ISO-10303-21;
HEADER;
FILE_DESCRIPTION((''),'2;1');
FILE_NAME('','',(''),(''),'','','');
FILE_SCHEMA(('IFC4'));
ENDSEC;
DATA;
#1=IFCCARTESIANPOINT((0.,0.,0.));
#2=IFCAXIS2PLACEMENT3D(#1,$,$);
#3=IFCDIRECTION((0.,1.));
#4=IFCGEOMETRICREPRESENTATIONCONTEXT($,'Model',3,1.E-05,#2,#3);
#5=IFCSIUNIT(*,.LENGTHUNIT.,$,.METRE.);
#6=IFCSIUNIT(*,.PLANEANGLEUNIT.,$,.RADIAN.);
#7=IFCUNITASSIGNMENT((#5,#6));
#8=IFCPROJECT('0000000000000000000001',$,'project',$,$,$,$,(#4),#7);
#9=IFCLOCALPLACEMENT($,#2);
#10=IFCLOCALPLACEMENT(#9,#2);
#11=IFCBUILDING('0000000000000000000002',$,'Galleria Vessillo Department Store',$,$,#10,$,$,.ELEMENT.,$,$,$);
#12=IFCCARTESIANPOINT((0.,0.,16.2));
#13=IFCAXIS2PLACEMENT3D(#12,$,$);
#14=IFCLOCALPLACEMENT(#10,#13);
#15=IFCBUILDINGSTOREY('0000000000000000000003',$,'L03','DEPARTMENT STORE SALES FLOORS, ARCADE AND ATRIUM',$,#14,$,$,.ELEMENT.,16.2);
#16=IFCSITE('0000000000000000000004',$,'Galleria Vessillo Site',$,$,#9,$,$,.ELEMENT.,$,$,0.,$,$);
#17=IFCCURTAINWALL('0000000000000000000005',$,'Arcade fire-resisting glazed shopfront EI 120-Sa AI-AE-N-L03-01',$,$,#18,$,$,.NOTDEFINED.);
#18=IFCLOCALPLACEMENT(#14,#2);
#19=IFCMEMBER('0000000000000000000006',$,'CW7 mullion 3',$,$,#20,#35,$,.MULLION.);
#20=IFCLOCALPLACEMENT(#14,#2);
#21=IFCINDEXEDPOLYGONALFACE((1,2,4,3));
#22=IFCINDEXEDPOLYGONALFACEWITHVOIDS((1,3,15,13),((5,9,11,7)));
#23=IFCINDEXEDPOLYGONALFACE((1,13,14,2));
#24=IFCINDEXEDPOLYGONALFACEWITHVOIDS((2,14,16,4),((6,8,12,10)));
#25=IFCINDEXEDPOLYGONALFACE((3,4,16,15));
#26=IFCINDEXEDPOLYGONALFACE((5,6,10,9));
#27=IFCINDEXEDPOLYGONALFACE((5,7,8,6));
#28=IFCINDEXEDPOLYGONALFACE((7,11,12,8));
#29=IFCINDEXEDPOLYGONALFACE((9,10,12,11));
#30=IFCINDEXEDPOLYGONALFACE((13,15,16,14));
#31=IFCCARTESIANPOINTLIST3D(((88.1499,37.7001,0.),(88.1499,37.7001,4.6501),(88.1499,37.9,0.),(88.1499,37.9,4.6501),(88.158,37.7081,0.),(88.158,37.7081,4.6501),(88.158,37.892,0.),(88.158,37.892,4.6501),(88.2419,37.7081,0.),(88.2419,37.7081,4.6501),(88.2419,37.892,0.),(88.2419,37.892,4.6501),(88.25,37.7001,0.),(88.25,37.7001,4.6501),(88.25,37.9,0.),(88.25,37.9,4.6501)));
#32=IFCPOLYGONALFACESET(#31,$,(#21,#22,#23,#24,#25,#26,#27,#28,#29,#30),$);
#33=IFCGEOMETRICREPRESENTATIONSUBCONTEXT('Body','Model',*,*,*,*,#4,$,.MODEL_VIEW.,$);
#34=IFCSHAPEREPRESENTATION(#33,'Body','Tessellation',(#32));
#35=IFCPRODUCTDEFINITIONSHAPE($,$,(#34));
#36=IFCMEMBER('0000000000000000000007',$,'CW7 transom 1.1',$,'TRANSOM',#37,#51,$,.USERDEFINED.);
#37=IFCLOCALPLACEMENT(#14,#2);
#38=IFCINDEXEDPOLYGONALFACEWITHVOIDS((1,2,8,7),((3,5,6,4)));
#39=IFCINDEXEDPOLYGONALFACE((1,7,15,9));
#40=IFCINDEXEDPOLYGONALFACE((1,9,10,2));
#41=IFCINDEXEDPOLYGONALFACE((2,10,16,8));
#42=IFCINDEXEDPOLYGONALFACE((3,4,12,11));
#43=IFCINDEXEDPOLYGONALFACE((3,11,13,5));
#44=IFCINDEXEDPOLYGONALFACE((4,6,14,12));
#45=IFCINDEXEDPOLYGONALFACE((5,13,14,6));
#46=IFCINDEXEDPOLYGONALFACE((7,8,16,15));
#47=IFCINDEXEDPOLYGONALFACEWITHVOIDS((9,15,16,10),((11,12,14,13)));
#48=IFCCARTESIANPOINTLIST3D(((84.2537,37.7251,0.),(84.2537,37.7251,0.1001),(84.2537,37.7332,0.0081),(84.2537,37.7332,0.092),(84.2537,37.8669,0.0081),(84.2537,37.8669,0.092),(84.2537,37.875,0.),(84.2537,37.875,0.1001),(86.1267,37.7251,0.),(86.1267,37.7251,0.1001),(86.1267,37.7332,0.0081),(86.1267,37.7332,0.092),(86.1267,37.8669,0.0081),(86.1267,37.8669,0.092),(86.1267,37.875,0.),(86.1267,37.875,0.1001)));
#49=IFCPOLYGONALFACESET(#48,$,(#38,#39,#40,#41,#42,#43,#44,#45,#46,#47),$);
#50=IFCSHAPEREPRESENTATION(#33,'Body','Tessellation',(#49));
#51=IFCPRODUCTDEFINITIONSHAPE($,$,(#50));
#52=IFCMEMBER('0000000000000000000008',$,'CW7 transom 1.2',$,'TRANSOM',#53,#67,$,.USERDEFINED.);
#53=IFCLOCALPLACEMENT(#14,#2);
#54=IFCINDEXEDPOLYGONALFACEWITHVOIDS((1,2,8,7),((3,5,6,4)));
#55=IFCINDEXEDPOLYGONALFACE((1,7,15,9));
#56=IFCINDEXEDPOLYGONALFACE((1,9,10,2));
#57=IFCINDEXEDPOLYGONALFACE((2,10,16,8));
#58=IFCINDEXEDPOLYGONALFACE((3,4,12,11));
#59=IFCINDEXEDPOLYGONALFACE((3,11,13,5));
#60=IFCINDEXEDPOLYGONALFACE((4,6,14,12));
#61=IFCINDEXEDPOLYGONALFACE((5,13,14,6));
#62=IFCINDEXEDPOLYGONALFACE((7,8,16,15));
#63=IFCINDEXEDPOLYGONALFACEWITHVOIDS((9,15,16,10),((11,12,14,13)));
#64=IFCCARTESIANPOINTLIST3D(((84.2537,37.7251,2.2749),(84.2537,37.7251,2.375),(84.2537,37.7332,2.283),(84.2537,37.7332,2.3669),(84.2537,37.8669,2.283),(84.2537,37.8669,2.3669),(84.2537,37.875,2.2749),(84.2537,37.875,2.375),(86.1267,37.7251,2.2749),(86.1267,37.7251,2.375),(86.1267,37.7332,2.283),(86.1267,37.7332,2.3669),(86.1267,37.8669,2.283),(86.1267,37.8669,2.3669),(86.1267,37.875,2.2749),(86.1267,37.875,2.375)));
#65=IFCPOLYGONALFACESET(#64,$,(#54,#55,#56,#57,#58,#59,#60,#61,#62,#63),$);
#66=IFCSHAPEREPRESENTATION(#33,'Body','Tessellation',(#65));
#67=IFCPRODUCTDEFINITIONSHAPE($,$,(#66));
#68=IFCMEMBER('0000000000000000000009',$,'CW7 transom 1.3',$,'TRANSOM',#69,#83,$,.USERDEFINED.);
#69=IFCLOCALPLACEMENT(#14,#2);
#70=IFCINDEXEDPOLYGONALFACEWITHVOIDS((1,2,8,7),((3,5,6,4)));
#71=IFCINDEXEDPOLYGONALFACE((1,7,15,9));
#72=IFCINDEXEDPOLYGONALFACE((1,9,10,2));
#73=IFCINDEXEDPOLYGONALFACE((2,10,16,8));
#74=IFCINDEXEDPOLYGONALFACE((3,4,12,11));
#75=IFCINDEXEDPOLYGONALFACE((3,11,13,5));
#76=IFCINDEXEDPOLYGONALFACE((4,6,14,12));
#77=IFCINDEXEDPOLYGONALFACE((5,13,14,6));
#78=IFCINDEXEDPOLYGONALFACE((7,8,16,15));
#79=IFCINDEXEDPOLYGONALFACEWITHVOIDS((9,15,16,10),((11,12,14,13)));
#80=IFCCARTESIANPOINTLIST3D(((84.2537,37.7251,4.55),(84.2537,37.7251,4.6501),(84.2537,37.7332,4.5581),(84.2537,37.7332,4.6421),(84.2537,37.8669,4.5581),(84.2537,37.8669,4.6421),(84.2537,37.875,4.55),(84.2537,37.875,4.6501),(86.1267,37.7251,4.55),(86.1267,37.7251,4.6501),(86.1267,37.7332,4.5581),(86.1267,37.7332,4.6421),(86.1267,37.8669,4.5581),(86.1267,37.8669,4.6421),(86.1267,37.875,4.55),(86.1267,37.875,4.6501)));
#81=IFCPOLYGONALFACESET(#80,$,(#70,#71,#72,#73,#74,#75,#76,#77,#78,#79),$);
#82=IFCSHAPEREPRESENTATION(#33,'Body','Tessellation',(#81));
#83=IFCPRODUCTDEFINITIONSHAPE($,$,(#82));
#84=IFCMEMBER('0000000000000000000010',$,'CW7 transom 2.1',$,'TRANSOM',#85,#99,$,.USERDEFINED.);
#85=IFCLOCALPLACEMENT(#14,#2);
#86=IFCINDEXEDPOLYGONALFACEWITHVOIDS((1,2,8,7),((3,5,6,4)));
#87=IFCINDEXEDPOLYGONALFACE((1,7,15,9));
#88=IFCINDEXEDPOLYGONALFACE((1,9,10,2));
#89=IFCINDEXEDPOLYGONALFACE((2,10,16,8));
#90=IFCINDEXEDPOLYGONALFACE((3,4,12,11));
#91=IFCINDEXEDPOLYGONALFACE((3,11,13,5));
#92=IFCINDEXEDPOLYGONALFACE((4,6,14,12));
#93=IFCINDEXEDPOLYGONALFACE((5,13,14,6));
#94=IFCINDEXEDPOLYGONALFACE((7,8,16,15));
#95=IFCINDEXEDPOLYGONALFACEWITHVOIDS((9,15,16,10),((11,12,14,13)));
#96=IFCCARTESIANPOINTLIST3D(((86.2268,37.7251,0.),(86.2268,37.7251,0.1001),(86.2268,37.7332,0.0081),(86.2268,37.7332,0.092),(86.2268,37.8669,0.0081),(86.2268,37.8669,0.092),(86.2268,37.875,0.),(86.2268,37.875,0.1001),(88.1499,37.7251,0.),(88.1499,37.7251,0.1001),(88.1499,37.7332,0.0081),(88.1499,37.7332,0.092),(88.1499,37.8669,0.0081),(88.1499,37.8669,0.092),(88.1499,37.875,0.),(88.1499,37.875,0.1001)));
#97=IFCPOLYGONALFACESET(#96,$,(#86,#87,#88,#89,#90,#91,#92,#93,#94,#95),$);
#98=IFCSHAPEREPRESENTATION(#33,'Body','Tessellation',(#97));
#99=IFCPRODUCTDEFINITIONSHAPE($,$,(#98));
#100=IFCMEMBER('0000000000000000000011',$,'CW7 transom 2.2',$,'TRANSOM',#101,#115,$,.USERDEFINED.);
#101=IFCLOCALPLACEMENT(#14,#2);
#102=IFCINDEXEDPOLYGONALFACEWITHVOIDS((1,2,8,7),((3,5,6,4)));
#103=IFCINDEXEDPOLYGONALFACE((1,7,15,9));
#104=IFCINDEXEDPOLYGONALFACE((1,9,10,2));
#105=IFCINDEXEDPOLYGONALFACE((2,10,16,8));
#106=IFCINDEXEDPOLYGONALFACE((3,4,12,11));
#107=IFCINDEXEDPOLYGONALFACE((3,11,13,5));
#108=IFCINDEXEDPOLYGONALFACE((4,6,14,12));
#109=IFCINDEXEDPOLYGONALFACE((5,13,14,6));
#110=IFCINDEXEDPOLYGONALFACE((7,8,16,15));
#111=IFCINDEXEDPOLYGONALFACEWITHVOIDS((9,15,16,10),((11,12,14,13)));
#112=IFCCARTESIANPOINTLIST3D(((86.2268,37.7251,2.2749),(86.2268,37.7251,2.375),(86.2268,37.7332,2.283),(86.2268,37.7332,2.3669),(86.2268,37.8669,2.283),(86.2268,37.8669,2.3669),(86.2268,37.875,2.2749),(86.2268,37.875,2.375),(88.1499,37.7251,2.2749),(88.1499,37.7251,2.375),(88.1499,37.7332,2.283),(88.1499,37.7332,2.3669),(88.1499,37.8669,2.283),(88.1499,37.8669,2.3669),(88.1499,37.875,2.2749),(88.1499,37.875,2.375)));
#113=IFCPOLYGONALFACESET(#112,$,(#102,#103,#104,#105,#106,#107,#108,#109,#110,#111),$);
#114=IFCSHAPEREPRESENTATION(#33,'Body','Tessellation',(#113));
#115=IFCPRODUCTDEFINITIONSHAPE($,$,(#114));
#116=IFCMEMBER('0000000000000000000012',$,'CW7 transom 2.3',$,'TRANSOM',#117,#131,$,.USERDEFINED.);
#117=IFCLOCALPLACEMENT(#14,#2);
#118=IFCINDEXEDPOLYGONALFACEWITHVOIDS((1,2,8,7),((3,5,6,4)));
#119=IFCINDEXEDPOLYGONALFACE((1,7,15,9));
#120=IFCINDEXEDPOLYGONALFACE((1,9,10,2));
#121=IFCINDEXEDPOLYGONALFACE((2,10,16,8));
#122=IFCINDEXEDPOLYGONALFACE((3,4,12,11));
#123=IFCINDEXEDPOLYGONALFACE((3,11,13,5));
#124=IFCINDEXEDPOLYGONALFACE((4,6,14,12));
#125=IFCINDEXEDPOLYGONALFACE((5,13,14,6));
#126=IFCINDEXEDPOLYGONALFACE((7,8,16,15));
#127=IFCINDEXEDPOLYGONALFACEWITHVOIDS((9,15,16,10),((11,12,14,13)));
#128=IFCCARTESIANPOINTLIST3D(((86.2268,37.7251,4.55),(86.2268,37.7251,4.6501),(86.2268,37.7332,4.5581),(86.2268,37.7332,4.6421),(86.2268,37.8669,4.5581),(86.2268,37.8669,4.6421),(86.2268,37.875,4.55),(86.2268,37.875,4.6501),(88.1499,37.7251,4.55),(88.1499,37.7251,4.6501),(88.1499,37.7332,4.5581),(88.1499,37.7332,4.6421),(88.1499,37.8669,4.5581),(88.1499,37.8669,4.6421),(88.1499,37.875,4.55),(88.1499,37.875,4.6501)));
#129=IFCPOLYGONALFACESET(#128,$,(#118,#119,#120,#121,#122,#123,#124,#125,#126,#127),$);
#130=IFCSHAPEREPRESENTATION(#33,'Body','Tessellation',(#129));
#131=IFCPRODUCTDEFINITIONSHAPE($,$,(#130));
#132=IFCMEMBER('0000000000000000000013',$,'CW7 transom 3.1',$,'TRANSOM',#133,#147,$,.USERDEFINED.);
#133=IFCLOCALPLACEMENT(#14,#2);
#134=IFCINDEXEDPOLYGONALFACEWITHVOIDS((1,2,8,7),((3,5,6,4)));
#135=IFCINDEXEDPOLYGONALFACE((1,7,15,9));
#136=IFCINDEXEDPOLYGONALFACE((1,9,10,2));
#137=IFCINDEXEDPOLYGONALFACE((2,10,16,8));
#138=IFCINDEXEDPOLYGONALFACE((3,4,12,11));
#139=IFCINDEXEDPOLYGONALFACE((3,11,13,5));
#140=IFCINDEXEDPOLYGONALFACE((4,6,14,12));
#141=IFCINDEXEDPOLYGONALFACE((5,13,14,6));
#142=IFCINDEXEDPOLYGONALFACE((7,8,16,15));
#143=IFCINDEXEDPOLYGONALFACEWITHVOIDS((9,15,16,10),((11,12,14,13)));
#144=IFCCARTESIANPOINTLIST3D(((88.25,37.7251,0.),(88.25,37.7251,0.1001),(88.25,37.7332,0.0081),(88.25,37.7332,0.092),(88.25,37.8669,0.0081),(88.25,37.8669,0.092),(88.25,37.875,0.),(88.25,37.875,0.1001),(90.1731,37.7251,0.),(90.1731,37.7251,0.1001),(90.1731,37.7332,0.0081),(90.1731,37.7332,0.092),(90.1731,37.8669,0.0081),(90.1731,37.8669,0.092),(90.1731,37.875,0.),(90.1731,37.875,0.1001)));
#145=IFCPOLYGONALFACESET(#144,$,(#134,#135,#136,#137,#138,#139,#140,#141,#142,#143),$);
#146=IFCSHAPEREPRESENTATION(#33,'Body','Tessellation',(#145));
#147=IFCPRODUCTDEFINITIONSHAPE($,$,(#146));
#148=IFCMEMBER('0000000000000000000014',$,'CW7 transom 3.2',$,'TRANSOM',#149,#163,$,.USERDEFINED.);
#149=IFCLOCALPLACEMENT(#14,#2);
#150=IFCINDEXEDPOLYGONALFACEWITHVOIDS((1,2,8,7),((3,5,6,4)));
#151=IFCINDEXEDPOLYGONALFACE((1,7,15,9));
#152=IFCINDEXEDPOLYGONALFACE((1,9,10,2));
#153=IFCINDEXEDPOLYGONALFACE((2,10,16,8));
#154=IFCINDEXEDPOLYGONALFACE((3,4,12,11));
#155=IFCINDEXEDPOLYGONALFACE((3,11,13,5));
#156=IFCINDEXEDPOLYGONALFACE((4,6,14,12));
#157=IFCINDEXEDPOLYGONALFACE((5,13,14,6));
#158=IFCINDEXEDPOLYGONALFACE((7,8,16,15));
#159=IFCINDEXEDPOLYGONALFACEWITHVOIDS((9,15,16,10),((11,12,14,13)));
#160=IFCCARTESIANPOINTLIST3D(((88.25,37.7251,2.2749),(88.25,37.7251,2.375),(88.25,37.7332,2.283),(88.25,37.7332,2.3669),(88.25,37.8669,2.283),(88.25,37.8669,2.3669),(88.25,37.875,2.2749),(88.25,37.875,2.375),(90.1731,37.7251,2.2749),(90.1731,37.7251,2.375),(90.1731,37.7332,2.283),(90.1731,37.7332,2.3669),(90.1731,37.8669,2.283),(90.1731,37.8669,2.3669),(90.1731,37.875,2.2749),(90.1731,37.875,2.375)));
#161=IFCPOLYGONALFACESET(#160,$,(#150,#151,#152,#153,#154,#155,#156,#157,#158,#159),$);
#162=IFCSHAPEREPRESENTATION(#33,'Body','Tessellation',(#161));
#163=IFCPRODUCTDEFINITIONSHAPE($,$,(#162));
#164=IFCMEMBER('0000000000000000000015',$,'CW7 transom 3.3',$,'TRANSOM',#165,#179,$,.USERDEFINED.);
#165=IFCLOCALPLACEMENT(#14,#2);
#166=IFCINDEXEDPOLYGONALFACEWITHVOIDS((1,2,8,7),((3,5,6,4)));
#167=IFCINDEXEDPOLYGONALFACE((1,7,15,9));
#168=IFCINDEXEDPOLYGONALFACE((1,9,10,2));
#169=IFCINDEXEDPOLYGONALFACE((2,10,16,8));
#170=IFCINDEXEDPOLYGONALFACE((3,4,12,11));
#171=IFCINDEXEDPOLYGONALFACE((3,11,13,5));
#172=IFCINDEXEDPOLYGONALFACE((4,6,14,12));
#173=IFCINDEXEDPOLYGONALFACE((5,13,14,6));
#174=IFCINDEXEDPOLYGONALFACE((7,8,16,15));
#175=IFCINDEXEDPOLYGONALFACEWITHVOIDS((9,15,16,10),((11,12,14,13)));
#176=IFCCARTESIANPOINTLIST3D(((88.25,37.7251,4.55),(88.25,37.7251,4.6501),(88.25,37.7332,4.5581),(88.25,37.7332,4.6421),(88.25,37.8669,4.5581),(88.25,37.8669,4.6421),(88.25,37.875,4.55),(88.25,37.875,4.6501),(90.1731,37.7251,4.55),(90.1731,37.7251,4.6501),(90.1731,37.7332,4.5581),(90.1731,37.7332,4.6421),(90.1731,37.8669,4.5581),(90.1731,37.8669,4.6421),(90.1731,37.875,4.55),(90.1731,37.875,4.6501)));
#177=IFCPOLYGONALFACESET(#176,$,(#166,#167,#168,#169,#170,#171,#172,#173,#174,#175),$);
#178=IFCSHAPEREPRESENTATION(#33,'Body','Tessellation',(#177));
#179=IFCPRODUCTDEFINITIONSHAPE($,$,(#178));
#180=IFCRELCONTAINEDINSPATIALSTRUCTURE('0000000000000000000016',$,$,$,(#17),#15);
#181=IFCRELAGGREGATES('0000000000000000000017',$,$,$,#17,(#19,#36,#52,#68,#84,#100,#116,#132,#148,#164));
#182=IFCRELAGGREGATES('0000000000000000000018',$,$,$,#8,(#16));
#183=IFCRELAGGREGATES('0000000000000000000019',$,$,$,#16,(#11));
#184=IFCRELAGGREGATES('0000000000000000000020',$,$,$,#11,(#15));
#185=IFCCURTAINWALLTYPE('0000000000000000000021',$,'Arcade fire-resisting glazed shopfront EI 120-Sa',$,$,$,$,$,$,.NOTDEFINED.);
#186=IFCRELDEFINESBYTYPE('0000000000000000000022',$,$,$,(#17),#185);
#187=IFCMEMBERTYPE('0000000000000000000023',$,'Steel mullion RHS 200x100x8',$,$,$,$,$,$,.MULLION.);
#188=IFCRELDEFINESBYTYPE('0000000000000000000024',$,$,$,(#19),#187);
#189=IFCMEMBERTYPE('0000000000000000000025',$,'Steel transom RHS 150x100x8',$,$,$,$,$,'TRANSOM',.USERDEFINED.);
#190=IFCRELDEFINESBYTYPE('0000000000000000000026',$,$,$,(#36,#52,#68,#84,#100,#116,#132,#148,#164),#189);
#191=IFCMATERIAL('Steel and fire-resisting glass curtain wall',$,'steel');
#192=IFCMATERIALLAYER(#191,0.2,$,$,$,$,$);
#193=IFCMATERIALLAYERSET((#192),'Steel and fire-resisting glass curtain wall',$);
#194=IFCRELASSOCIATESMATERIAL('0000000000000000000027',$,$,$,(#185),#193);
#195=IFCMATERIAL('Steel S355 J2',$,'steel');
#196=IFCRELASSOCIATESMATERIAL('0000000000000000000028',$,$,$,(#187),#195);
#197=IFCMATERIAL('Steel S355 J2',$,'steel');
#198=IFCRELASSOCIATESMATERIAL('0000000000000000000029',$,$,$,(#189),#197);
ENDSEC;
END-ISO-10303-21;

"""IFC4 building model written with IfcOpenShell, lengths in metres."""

from ifc_helpers import new_model, si_unit, direction, frame, origin, origin_2d, place, context, subcontext, project, spatial, hollow_rectangle, extrude, material, layer, layer_set, material_profile, profile_set, type_object, element, aggregate, save


model = new_model("IFC4")

# Units and contexts
model_context = context("Model", 3, precision=1e-05, world=origin(), true_north=direction((0.0, 1.0)))
body_context = subcontext(model_context, "Body", "Model", "MODEL_VIEW")
ifc_project = project(units=[si_unit("LENGTHUNIT", "METRE"), si_unit("PLANEANGLEUNIT", "RADIAN")], contexts=[model_context])

# Site, building, storey
site_placement = place(None, origin())
site = spatial("IfcSite", under=ifc_project, at=site_placement, Name="Galleria Vessillo Site", CompositionType="ELEMENT", RefElevation=0.0)
building_placement = place(site_placement, origin())
building = spatial("IfcBuilding", under=site, at=building_placement, Name="Galleria Vessillo Department Store", CompositionType="ELEMENT")
storey_placement = place(building_placement, frame((0.0, 0.0, 16.2)))
storey = spatial("IfcBuildingStorey", under=building, at=storey_placement, Name="L03", Description="DEPARTMENT STORE SALES FLOORS, ARCADE AND ATRIUM", CompositionType="ELEMENT", Elevation=16.2)

# Curtain wall, members
ifc_material_1 = material(Name="Steel and fire-resisting glass curtain wall", Category="steel")
ifc_layer_1 = layer(ifc_material_1, 0.2)
ifc_layer_set_1 = layer_set([ifc_layer_1], Name="Steel and fire-resisting glass curtain wall")
curtain_wall_type = type_object("IfcCurtainWallType", Name="Arcade fire-resisting glazed shopfront EI 120-Sa", PredefinedType="NOTDEFINED", material=ifc_layer_set_1)
curtain_wall_placement = place(storey_placement, origin())
curtain_wall = element("IfcCurtainWall", 1, at=curtain_wall_placement, inside=storey, type_object=curtain_wall_type, Name="Arcade fire-resisting glazed shopfront EI 120-Sa AI-AE-N-L03-01", PredefinedType="NOTDEFINED")
ifc_material_2 = material(Name="Steel S355 J2", Category="steel")
ifc_material_profile_1 = material_profile(ifc_material_2, hollow_rectangle(XDim=0.2, YDim=0.1001, WallThickness=0.0081, at=origin_2d()), Name="RHS 200x100x8")
ifc_profile_set_1 = profile_set([ifc_material_profile_1], Name="Steel S355 J2")
member_type_1 = type_object("IfcMemberType", Name="Steel mullion RHS 200x100x8", PredefinedType="MULLION", material=ifc_profile_set_1)
member_1_placement = place(storey_placement, frame((88.2, 37.8, 0.0), z_axis=(0.0, 0.0, 1.0), x_axis=(0.0, 1.0, 0.0)))
member_1 = element("IfcMember", 2, at=member_1_placement, type_object=member_type_1, Name="CW7 mullion 3", PredefinedType="MULLION", context=body_context, shape_type="SweptSolid", body=[
    extrude(hollow_rectangle(XDim=0.2, YDim=0.1001, WallThickness=0.0081, at=origin_2d()), origin(), (0.0, 0.0, 1.0), 4.6501),
])
ifc_material_3 = material(Name="Steel S355 J2", Category="steel")
ifc_material_profile_2 = material_profile(ifc_material_3, hollow_rectangle(XDim=0.1499, YDim=0.1001, WallThickness=0.0081, at=origin_2d()), Name="RHS 150x100x8")
ifc_profile_set_2 = profile_set([ifc_material_profile_2], Name="Steel S355 J2")
member_type_2 = type_object("IfcMemberType", Name="Steel transom RHS 150x100x8", ElementType="TRANSOM", PredefinedType="USERDEFINED", material=ifc_profile_set_2)
member_2_placement = place(storey_placement, frame((84.2537, 37.8, 0.05), z_axis=(1.0, 0.0, 0.0), x_axis=(0.0, 1.0, 0.0)))
member_2 = element("IfcMember", 3, at=member_2_placement, type_object=member_type_2, Name="CW7 transom 1.1", ObjectType="TRANSOM", PredefinedType="USERDEFINED", context=body_context, shape_type="SweptSolid", body=[
    extrude(hollow_rectangle(XDim=0.1499, YDim=0.1001, WallThickness=0.0081, at=origin_2d()), origin(), (0.0, 0.0, 1.0), 1.873),
])
member_3_placement = place(storey_placement, frame((84.2537, 37.8, 2.325), z_axis=(1.0, 0.0, 0.0), x_axis=(0.0, 1.0, 0.0)))
member_3 = element("IfcMember", 4, at=member_3_placement, type_object=member_type_2, Name="CW7 transom 1.2", ObjectType="TRANSOM", PredefinedType="USERDEFINED", context=body_context, shape_type="SweptSolid", body=[
    extrude(hollow_rectangle(XDim=0.1499, YDim=0.1001, WallThickness=0.0081, at=origin_2d()), origin(), (0.0, 0.0, 1.0), 1.873),
])
member_4_placement = place(storey_placement, frame((84.2537, 37.8, 4.6001), z_axis=(1.0, 0.0, 0.0), x_axis=(0.0, 1.0, 0.0)))
member_4 = element("IfcMember", 5, at=member_4_placement, type_object=member_type_2, Name="CW7 transom 1.3", ObjectType="TRANSOM", PredefinedType="USERDEFINED", context=body_context, shape_type="SweptSolid", body=[
    extrude(hollow_rectangle(XDim=0.1499, YDim=0.1001, WallThickness=0.0081, at=origin_2d()), origin(), (0.0, 0.0, 1.0), 1.873),
])
member_5_placement = place(storey_placement, frame((86.2268, 37.8, 0.05), z_axis=(1.0, 0.0, 0.0), x_axis=(0.0, 1.0, 0.0)))
member_5 = element("IfcMember", 6, at=member_5_placement, type_object=member_type_2, Name="CW7 transom 2.1", ObjectType="TRANSOM", PredefinedType="USERDEFINED", context=body_context, shape_type="SweptSolid", body=[
    extrude(hollow_rectangle(XDim=0.1499, YDim=0.1001, WallThickness=0.0081, at=origin_2d()), origin(), (0.0, 0.0, 1.0), 1.9231),
])
member_6_placement = place(storey_placement, frame((86.2268, 37.8, 2.325), z_axis=(1.0, 0.0, 0.0), x_axis=(0.0, 1.0, 0.0)))
member_6 = element("IfcMember", 7, at=member_6_placement, type_object=member_type_2, Name="CW7 transom 2.2", ObjectType="TRANSOM", PredefinedType="USERDEFINED", context=body_context, shape_type="SweptSolid", body=[
    extrude(hollow_rectangle(XDim=0.1499, YDim=0.1001, WallThickness=0.0081, at=origin_2d()), origin(), (0.0, 0.0, 1.0), 1.9231),
])
member_7_placement = place(storey_placement, frame((86.2268, 37.8, 4.6001), z_axis=(1.0, 0.0, 0.0), x_axis=(0.0, 1.0, 0.0)))
member_7 = element("IfcMember", 8, at=member_7_placement, type_object=member_type_2, Name="CW7 transom 2.3", ObjectType="TRANSOM", PredefinedType="USERDEFINED", context=body_context, shape_type="SweptSolid", body=[
    extrude(hollow_rectangle(XDim=0.1499, YDim=0.1001, WallThickness=0.0081, at=origin_2d()), origin(), (0.0, 0.0, 1.0), 1.9231),
])
member_8_placement = place(storey_placement, frame((88.25, 37.8, 0.05), z_axis=(1.0, 0.0, 0.0), x_axis=(0.0, 1.0, 0.0)))
member_8 = element("IfcMember", 9, at=member_8_placement, type_object=member_type_2, Name="CW7 transom 3.1", ObjectType="TRANSOM", PredefinedType="USERDEFINED", context=body_context, shape_type="SweptSolid", body=[
    extrude(hollow_rectangle(XDim=0.1499, YDim=0.1001, WallThickness=0.0081, at=origin_2d()), origin(), (0.0, 0.0, 1.0), 1.9231),
])
member_9_placement = place(storey_placement, frame((88.25, 37.8, 2.325), z_axis=(1.0, 0.0, 0.0), x_axis=(0.0, 1.0, 0.0)))
member_9 = element("IfcMember", 10, at=member_9_placement, type_object=member_type_2, Name="CW7 transom 3.2", ObjectType="TRANSOM", PredefinedType="USERDEFINED", context=body_context, shape_type="SweptSolid", body=[
    extrude(hollow_rectangle(XDim=0.1499, YDim=0.1001, WallThickness=0.0081, at=origin_2d()), origin(), (0.0, 0.0, 1.0), 1.9231),
])
member_10_placement = place(storey_placement, frame((88.25, 37.8, 4.6001), z_axis=(1.0, 0.0, 0.0), x_axis=(0.0, 1.0, 0.0)))
member_10 = element("IfcMember", 11, at=member_10_placement, type_object=member_type_2, Name="CW7 transom 3.3", ObjectType="TRANSOM", PredefinedType="USERDEFINED", context=body_context, shape_type="SweptSolid", body=[
    extrude(hollow_rectangle(XDim=0.1499, YDim=0.1001, WallThickness=0.0081, at=origin_2d()), origin(), (0.0, 0.0, 1.0), 1.9231),
])

aggregate(curtain_wall, [member_1, member_2, member_3, member_4, member_5, member_6, member_7, member_8, member_9, member_10])

save(model, "model.ifc")
